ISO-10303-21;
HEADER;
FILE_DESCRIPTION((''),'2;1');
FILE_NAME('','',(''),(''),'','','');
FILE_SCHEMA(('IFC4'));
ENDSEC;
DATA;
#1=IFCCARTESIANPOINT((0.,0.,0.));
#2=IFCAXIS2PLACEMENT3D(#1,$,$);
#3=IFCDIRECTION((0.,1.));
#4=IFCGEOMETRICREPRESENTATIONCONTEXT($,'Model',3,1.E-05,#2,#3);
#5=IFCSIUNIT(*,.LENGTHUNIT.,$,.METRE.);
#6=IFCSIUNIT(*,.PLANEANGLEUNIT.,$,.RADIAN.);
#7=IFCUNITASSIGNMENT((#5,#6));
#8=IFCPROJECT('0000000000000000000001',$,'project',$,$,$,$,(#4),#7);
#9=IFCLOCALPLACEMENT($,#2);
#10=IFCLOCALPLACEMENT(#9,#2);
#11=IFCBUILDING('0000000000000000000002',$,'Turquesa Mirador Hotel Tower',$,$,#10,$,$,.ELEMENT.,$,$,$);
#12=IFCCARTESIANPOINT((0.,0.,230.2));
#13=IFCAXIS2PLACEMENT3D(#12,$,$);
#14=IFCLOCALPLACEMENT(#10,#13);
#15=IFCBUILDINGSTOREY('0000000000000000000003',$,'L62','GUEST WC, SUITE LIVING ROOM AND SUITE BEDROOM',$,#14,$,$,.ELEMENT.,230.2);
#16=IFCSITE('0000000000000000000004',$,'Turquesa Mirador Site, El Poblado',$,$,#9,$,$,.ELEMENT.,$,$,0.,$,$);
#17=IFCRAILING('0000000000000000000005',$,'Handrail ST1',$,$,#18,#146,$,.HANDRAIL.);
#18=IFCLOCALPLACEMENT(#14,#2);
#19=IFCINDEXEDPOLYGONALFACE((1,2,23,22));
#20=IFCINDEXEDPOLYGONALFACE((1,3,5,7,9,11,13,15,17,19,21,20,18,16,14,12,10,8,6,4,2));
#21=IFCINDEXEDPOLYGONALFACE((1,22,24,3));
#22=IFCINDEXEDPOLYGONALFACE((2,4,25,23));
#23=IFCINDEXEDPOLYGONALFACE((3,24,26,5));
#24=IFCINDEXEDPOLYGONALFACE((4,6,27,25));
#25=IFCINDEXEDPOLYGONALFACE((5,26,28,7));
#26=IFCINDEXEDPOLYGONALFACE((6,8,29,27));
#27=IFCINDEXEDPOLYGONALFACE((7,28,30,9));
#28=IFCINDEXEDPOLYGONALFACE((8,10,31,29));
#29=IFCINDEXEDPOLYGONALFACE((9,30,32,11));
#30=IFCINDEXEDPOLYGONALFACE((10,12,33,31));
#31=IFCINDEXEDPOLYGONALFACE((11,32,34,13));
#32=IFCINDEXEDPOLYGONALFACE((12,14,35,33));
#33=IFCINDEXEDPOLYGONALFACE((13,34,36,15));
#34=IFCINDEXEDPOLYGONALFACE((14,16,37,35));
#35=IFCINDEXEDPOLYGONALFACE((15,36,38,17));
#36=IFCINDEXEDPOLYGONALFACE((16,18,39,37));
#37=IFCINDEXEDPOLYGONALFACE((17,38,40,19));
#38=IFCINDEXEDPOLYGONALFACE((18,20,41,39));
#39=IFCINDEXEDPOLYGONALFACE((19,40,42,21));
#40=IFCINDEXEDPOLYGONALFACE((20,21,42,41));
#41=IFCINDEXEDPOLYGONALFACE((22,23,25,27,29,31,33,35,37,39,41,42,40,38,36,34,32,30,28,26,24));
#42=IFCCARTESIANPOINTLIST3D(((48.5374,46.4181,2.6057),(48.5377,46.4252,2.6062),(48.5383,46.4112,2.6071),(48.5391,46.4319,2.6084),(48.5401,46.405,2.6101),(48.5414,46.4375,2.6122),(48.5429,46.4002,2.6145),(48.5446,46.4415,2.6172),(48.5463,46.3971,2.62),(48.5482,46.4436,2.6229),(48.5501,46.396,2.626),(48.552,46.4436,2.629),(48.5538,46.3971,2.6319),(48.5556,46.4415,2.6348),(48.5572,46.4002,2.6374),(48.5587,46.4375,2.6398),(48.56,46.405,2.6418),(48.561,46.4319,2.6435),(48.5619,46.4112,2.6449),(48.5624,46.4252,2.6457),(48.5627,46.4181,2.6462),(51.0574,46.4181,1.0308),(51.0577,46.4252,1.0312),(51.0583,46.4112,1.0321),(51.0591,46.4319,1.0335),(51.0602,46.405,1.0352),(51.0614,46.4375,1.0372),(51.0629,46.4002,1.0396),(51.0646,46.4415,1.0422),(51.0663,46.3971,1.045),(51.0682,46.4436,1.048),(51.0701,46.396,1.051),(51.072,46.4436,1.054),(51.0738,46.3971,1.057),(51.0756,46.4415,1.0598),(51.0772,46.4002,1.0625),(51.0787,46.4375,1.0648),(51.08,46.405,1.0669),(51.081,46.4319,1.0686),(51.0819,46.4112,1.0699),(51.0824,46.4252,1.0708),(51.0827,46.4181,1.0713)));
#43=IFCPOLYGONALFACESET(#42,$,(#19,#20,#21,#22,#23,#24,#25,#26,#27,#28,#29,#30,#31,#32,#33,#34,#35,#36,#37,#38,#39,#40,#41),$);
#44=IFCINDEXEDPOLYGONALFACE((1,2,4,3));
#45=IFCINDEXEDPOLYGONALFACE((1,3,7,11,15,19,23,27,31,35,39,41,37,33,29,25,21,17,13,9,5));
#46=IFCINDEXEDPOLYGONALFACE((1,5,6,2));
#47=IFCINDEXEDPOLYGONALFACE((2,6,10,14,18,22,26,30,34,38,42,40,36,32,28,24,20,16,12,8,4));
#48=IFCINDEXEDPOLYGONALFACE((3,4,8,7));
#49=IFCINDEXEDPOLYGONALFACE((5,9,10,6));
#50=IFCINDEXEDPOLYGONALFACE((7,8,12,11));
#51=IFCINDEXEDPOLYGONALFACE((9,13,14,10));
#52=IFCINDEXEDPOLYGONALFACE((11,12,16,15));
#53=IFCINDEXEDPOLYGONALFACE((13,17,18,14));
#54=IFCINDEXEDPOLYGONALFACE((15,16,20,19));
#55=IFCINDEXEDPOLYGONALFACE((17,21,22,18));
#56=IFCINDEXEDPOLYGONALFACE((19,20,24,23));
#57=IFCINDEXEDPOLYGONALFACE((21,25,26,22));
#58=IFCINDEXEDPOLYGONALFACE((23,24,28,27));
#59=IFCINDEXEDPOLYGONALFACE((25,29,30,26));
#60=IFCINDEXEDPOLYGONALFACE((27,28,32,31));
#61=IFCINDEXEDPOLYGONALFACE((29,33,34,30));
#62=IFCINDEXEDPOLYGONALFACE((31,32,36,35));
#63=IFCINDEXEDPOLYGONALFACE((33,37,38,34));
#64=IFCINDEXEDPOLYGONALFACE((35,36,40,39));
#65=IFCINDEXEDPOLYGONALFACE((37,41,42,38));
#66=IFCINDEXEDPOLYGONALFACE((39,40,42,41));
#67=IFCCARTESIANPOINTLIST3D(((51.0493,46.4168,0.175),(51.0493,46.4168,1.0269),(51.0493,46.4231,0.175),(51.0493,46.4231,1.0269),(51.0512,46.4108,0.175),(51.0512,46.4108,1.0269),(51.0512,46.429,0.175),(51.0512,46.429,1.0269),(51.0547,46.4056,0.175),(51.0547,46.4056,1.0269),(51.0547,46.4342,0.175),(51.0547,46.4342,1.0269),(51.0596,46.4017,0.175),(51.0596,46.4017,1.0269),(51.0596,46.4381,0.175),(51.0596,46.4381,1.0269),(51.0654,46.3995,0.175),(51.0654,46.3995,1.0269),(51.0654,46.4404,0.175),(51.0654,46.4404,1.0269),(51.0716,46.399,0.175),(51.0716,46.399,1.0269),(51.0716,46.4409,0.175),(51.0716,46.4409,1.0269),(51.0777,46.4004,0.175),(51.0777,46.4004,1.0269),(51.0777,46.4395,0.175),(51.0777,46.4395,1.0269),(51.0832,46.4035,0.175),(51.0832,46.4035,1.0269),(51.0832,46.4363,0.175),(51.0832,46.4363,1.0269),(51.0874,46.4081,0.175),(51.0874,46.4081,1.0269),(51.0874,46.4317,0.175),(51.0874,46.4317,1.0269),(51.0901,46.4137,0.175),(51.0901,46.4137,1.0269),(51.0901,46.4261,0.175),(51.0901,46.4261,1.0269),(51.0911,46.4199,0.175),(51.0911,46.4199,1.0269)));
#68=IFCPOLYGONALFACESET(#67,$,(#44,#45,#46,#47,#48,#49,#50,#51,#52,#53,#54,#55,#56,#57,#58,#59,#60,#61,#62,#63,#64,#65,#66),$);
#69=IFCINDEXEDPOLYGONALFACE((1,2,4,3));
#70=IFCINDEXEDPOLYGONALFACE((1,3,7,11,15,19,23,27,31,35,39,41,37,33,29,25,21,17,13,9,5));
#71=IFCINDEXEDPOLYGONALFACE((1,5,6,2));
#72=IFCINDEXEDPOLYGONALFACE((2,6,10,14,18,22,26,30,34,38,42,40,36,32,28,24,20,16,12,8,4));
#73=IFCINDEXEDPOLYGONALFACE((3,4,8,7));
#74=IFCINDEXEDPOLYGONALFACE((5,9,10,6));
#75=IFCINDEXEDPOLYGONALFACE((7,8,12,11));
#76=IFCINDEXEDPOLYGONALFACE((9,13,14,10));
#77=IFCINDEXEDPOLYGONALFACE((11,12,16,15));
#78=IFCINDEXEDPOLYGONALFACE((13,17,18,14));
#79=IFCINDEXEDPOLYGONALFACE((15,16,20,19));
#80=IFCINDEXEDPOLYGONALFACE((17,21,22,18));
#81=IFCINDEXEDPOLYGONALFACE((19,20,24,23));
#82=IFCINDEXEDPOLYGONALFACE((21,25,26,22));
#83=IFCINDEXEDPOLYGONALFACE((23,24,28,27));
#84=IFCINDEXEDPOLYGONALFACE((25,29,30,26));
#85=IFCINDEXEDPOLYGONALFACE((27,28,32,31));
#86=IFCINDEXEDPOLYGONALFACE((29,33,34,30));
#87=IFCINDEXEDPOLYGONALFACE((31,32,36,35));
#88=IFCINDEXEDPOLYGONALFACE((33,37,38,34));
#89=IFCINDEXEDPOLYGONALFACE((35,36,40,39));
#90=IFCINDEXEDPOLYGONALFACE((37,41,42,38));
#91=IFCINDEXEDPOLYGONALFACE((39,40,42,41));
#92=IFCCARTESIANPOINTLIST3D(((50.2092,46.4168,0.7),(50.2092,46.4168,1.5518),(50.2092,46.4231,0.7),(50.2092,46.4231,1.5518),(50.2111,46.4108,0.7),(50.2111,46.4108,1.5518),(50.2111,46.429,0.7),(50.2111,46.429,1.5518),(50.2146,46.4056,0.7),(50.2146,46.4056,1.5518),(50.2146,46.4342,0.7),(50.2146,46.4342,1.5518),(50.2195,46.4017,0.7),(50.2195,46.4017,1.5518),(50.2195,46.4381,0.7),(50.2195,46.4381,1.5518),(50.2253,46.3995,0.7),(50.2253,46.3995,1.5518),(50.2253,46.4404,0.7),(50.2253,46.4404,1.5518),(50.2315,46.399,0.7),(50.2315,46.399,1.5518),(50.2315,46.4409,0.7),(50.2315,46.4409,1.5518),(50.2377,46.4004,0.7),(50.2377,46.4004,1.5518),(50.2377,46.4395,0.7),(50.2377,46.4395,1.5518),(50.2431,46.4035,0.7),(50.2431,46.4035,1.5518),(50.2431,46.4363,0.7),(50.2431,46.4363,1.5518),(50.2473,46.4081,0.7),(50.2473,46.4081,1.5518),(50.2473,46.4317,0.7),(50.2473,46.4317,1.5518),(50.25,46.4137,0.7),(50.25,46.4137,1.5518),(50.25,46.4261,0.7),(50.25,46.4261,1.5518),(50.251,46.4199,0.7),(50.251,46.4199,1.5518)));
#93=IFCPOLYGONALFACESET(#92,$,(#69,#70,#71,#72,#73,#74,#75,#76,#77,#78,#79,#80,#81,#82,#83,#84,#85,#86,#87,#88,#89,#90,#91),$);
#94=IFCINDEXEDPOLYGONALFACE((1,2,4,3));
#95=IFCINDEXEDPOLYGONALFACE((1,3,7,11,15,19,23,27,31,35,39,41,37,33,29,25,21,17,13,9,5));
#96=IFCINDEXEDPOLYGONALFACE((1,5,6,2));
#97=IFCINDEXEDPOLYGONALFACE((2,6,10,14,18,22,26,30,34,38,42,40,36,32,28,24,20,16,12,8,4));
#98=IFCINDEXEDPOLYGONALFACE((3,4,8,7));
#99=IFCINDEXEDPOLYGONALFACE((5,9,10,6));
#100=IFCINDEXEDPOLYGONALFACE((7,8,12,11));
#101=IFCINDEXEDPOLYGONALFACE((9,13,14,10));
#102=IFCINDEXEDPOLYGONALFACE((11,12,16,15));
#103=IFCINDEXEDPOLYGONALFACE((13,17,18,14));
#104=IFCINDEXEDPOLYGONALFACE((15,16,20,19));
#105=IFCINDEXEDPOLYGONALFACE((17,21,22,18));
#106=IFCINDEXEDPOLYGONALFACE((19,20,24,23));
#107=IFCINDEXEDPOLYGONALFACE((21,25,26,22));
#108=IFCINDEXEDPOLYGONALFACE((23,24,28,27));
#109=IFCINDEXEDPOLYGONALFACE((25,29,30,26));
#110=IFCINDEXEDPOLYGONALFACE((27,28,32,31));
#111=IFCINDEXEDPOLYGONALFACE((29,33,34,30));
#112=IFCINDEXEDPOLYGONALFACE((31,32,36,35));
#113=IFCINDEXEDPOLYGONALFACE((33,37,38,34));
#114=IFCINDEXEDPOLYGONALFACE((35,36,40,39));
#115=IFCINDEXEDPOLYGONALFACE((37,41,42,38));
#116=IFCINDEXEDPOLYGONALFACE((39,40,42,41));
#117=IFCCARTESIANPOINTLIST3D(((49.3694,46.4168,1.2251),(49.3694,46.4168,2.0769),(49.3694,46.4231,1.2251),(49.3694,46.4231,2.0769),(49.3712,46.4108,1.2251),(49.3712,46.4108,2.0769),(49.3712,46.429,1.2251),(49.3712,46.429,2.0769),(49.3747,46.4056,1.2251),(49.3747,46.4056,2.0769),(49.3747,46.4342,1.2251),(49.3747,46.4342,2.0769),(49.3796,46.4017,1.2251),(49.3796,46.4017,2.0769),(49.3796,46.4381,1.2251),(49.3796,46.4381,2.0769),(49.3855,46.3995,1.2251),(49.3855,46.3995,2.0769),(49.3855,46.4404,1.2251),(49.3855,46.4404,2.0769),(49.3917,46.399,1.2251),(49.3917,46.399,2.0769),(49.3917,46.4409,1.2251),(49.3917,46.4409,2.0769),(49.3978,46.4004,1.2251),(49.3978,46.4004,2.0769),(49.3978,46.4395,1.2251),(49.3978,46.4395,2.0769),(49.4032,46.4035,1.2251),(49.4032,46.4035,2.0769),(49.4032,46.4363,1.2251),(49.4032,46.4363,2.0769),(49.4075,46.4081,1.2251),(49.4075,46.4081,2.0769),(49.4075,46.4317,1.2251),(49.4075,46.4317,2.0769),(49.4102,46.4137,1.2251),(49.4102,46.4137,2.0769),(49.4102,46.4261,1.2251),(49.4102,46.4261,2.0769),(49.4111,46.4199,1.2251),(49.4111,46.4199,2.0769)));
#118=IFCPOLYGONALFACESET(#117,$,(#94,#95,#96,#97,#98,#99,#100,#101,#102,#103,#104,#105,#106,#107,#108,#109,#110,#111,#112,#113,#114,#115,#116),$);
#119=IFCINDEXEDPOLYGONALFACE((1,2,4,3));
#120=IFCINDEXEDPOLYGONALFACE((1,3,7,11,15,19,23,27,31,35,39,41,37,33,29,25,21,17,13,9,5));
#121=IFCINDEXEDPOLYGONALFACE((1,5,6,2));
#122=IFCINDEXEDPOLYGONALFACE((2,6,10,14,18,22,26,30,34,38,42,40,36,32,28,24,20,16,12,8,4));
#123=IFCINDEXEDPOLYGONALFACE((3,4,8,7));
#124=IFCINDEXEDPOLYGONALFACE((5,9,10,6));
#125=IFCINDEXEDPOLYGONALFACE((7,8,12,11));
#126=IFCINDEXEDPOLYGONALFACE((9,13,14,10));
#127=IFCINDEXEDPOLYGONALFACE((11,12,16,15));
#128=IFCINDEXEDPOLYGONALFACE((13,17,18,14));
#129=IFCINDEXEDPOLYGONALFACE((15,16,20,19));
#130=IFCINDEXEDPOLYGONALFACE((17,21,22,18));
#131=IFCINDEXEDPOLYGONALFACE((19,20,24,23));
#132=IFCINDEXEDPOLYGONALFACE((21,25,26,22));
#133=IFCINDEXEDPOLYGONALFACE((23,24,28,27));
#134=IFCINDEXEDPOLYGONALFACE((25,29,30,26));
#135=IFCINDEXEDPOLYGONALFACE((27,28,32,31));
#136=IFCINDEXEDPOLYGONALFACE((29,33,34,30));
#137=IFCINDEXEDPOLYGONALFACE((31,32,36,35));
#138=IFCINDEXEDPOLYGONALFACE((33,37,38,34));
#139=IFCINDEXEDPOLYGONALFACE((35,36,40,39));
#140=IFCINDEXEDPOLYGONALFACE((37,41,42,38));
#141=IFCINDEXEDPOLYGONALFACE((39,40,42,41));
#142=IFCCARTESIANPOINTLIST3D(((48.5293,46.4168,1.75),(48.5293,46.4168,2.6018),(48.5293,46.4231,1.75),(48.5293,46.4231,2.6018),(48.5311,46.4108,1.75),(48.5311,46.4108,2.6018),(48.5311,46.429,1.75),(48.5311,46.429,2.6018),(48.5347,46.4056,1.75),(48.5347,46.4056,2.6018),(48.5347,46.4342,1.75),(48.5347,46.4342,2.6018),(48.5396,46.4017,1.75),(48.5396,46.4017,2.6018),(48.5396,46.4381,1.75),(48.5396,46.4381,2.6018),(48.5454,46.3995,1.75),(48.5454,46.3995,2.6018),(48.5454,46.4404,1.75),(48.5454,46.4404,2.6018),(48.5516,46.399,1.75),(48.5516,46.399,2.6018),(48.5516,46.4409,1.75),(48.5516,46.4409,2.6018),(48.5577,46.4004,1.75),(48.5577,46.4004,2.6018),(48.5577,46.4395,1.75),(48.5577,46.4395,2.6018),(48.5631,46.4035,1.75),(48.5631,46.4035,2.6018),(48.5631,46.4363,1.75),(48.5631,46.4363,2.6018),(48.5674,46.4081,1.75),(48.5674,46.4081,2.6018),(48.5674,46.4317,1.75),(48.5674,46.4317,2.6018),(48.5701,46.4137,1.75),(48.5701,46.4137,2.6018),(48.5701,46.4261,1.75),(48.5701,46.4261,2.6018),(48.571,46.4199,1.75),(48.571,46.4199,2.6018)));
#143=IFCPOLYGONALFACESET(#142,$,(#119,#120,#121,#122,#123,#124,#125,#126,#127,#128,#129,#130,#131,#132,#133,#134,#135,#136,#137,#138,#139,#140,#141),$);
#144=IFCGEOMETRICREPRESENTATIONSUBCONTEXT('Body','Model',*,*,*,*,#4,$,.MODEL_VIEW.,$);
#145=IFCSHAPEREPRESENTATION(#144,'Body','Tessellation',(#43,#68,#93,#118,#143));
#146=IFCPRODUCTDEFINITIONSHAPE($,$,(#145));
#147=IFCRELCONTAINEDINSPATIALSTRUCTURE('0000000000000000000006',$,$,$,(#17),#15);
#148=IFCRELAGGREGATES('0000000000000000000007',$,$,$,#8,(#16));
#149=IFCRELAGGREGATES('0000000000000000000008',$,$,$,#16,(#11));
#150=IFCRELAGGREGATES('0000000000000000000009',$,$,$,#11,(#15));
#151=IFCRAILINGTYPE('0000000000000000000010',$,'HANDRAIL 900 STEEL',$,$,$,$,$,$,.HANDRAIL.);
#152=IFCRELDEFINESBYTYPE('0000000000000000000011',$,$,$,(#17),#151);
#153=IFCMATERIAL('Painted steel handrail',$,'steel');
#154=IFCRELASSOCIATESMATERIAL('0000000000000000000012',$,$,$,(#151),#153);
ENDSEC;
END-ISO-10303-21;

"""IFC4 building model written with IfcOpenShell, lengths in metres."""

from ifc_helpers import new_model, si_unit, direction, frame, origin, origin_2d, place, context, subcontext, project, spatial, circle, extrude, material, type_object, element, save


model = new_model("IFC4")

# Units and contexts
model_context = context("Model", 3, precision=1e-05, world=origin(), true_north=direction((0.0, 1.0)))
body_context = subcontext(model_context, "Body", "Model", "MODEL_VIEW")
ifc_project = project(units=[si_unit("LENGTHUNIT", "METRE"), si_unit("PLANEANGLEUNIT", "RADIAN")], contexts=[model_context])

# Site, building, storey
site_placement = place(None, origin())
site = spatial("IfcSite", under=ifc_project, at=site_placement, Name="Turquesa Mirador Site, El Poblado", CompositionType="ELEMENT", RefElevation=0.0)
building_placement = place(site_placement, origin())
building = spatial("IfcBuilding", under=site, at=building_placement, Name="Turquesa Mirador Hotel Tower", CompositionType="ELEMENT")
storey_placement = place(building_placement, frame((0.0, 0.0, 230.2)))
storey = spatial("IfcBuildingStorey", under=building, at=storey_placement, Name="L62", Description="GUEST WC, SUITE LIVING ROOM AND SUITE BEDROOM", CompositionType="ELEMENT", Elevation=230.2)

# Railing
ifc_material_1 = material(Name="Painted steel handrail", Category="steel")
railing_type = type_object("IfcRailingType", Name="HANDRAIL 900 STEEL", PredefinedType="HANDRAIL", material=ifc_material_1)
railing_1_placement = place(storey_placement, frame((51.0701, 46.4199, 0.175)))
element("IfcRailing", 1, at=railing_1_placement, inside=storey, type_object=railing_type, Name="Handrail ST1", PredefinedType="HANDRAIL", context=body_context, shape_type="SweptSolid", body=[
    extrude(circle(Radius=0.0239, at=origin_2d()), frame((0.0, 0.0, 0.876), z_axis=(-0.848008, 0.0, 0.529984), x_axis=(0.0, -1.0, 0.0)), (0.0, 0.0, 1.0), 2.9717),
    extrude(circle(Radius=0.021, at=origin_2d()), origin(), (0.0, 0.0, 1.0), 0.8518),
    extrude(circle(Radius=0.021, at=origin_2d()), frame((-0.8401, 0.0, 0.5249)), (0.0, 0.0, 1.0), 0.8518),
    extrude(circle(Radius=0.021, at=origin_2d()), frame((-1.6799, 0.0, 1.05)), (0.0, 0.0, 1.0), 0.8518),
    extrude(circle(Radius=0.021, at=origin_2d()), frame((-2.52, 0.0, 1.575)), (0.0, 0.0, 1.0), 0.8518),
])

save(model, "model.ifc")
